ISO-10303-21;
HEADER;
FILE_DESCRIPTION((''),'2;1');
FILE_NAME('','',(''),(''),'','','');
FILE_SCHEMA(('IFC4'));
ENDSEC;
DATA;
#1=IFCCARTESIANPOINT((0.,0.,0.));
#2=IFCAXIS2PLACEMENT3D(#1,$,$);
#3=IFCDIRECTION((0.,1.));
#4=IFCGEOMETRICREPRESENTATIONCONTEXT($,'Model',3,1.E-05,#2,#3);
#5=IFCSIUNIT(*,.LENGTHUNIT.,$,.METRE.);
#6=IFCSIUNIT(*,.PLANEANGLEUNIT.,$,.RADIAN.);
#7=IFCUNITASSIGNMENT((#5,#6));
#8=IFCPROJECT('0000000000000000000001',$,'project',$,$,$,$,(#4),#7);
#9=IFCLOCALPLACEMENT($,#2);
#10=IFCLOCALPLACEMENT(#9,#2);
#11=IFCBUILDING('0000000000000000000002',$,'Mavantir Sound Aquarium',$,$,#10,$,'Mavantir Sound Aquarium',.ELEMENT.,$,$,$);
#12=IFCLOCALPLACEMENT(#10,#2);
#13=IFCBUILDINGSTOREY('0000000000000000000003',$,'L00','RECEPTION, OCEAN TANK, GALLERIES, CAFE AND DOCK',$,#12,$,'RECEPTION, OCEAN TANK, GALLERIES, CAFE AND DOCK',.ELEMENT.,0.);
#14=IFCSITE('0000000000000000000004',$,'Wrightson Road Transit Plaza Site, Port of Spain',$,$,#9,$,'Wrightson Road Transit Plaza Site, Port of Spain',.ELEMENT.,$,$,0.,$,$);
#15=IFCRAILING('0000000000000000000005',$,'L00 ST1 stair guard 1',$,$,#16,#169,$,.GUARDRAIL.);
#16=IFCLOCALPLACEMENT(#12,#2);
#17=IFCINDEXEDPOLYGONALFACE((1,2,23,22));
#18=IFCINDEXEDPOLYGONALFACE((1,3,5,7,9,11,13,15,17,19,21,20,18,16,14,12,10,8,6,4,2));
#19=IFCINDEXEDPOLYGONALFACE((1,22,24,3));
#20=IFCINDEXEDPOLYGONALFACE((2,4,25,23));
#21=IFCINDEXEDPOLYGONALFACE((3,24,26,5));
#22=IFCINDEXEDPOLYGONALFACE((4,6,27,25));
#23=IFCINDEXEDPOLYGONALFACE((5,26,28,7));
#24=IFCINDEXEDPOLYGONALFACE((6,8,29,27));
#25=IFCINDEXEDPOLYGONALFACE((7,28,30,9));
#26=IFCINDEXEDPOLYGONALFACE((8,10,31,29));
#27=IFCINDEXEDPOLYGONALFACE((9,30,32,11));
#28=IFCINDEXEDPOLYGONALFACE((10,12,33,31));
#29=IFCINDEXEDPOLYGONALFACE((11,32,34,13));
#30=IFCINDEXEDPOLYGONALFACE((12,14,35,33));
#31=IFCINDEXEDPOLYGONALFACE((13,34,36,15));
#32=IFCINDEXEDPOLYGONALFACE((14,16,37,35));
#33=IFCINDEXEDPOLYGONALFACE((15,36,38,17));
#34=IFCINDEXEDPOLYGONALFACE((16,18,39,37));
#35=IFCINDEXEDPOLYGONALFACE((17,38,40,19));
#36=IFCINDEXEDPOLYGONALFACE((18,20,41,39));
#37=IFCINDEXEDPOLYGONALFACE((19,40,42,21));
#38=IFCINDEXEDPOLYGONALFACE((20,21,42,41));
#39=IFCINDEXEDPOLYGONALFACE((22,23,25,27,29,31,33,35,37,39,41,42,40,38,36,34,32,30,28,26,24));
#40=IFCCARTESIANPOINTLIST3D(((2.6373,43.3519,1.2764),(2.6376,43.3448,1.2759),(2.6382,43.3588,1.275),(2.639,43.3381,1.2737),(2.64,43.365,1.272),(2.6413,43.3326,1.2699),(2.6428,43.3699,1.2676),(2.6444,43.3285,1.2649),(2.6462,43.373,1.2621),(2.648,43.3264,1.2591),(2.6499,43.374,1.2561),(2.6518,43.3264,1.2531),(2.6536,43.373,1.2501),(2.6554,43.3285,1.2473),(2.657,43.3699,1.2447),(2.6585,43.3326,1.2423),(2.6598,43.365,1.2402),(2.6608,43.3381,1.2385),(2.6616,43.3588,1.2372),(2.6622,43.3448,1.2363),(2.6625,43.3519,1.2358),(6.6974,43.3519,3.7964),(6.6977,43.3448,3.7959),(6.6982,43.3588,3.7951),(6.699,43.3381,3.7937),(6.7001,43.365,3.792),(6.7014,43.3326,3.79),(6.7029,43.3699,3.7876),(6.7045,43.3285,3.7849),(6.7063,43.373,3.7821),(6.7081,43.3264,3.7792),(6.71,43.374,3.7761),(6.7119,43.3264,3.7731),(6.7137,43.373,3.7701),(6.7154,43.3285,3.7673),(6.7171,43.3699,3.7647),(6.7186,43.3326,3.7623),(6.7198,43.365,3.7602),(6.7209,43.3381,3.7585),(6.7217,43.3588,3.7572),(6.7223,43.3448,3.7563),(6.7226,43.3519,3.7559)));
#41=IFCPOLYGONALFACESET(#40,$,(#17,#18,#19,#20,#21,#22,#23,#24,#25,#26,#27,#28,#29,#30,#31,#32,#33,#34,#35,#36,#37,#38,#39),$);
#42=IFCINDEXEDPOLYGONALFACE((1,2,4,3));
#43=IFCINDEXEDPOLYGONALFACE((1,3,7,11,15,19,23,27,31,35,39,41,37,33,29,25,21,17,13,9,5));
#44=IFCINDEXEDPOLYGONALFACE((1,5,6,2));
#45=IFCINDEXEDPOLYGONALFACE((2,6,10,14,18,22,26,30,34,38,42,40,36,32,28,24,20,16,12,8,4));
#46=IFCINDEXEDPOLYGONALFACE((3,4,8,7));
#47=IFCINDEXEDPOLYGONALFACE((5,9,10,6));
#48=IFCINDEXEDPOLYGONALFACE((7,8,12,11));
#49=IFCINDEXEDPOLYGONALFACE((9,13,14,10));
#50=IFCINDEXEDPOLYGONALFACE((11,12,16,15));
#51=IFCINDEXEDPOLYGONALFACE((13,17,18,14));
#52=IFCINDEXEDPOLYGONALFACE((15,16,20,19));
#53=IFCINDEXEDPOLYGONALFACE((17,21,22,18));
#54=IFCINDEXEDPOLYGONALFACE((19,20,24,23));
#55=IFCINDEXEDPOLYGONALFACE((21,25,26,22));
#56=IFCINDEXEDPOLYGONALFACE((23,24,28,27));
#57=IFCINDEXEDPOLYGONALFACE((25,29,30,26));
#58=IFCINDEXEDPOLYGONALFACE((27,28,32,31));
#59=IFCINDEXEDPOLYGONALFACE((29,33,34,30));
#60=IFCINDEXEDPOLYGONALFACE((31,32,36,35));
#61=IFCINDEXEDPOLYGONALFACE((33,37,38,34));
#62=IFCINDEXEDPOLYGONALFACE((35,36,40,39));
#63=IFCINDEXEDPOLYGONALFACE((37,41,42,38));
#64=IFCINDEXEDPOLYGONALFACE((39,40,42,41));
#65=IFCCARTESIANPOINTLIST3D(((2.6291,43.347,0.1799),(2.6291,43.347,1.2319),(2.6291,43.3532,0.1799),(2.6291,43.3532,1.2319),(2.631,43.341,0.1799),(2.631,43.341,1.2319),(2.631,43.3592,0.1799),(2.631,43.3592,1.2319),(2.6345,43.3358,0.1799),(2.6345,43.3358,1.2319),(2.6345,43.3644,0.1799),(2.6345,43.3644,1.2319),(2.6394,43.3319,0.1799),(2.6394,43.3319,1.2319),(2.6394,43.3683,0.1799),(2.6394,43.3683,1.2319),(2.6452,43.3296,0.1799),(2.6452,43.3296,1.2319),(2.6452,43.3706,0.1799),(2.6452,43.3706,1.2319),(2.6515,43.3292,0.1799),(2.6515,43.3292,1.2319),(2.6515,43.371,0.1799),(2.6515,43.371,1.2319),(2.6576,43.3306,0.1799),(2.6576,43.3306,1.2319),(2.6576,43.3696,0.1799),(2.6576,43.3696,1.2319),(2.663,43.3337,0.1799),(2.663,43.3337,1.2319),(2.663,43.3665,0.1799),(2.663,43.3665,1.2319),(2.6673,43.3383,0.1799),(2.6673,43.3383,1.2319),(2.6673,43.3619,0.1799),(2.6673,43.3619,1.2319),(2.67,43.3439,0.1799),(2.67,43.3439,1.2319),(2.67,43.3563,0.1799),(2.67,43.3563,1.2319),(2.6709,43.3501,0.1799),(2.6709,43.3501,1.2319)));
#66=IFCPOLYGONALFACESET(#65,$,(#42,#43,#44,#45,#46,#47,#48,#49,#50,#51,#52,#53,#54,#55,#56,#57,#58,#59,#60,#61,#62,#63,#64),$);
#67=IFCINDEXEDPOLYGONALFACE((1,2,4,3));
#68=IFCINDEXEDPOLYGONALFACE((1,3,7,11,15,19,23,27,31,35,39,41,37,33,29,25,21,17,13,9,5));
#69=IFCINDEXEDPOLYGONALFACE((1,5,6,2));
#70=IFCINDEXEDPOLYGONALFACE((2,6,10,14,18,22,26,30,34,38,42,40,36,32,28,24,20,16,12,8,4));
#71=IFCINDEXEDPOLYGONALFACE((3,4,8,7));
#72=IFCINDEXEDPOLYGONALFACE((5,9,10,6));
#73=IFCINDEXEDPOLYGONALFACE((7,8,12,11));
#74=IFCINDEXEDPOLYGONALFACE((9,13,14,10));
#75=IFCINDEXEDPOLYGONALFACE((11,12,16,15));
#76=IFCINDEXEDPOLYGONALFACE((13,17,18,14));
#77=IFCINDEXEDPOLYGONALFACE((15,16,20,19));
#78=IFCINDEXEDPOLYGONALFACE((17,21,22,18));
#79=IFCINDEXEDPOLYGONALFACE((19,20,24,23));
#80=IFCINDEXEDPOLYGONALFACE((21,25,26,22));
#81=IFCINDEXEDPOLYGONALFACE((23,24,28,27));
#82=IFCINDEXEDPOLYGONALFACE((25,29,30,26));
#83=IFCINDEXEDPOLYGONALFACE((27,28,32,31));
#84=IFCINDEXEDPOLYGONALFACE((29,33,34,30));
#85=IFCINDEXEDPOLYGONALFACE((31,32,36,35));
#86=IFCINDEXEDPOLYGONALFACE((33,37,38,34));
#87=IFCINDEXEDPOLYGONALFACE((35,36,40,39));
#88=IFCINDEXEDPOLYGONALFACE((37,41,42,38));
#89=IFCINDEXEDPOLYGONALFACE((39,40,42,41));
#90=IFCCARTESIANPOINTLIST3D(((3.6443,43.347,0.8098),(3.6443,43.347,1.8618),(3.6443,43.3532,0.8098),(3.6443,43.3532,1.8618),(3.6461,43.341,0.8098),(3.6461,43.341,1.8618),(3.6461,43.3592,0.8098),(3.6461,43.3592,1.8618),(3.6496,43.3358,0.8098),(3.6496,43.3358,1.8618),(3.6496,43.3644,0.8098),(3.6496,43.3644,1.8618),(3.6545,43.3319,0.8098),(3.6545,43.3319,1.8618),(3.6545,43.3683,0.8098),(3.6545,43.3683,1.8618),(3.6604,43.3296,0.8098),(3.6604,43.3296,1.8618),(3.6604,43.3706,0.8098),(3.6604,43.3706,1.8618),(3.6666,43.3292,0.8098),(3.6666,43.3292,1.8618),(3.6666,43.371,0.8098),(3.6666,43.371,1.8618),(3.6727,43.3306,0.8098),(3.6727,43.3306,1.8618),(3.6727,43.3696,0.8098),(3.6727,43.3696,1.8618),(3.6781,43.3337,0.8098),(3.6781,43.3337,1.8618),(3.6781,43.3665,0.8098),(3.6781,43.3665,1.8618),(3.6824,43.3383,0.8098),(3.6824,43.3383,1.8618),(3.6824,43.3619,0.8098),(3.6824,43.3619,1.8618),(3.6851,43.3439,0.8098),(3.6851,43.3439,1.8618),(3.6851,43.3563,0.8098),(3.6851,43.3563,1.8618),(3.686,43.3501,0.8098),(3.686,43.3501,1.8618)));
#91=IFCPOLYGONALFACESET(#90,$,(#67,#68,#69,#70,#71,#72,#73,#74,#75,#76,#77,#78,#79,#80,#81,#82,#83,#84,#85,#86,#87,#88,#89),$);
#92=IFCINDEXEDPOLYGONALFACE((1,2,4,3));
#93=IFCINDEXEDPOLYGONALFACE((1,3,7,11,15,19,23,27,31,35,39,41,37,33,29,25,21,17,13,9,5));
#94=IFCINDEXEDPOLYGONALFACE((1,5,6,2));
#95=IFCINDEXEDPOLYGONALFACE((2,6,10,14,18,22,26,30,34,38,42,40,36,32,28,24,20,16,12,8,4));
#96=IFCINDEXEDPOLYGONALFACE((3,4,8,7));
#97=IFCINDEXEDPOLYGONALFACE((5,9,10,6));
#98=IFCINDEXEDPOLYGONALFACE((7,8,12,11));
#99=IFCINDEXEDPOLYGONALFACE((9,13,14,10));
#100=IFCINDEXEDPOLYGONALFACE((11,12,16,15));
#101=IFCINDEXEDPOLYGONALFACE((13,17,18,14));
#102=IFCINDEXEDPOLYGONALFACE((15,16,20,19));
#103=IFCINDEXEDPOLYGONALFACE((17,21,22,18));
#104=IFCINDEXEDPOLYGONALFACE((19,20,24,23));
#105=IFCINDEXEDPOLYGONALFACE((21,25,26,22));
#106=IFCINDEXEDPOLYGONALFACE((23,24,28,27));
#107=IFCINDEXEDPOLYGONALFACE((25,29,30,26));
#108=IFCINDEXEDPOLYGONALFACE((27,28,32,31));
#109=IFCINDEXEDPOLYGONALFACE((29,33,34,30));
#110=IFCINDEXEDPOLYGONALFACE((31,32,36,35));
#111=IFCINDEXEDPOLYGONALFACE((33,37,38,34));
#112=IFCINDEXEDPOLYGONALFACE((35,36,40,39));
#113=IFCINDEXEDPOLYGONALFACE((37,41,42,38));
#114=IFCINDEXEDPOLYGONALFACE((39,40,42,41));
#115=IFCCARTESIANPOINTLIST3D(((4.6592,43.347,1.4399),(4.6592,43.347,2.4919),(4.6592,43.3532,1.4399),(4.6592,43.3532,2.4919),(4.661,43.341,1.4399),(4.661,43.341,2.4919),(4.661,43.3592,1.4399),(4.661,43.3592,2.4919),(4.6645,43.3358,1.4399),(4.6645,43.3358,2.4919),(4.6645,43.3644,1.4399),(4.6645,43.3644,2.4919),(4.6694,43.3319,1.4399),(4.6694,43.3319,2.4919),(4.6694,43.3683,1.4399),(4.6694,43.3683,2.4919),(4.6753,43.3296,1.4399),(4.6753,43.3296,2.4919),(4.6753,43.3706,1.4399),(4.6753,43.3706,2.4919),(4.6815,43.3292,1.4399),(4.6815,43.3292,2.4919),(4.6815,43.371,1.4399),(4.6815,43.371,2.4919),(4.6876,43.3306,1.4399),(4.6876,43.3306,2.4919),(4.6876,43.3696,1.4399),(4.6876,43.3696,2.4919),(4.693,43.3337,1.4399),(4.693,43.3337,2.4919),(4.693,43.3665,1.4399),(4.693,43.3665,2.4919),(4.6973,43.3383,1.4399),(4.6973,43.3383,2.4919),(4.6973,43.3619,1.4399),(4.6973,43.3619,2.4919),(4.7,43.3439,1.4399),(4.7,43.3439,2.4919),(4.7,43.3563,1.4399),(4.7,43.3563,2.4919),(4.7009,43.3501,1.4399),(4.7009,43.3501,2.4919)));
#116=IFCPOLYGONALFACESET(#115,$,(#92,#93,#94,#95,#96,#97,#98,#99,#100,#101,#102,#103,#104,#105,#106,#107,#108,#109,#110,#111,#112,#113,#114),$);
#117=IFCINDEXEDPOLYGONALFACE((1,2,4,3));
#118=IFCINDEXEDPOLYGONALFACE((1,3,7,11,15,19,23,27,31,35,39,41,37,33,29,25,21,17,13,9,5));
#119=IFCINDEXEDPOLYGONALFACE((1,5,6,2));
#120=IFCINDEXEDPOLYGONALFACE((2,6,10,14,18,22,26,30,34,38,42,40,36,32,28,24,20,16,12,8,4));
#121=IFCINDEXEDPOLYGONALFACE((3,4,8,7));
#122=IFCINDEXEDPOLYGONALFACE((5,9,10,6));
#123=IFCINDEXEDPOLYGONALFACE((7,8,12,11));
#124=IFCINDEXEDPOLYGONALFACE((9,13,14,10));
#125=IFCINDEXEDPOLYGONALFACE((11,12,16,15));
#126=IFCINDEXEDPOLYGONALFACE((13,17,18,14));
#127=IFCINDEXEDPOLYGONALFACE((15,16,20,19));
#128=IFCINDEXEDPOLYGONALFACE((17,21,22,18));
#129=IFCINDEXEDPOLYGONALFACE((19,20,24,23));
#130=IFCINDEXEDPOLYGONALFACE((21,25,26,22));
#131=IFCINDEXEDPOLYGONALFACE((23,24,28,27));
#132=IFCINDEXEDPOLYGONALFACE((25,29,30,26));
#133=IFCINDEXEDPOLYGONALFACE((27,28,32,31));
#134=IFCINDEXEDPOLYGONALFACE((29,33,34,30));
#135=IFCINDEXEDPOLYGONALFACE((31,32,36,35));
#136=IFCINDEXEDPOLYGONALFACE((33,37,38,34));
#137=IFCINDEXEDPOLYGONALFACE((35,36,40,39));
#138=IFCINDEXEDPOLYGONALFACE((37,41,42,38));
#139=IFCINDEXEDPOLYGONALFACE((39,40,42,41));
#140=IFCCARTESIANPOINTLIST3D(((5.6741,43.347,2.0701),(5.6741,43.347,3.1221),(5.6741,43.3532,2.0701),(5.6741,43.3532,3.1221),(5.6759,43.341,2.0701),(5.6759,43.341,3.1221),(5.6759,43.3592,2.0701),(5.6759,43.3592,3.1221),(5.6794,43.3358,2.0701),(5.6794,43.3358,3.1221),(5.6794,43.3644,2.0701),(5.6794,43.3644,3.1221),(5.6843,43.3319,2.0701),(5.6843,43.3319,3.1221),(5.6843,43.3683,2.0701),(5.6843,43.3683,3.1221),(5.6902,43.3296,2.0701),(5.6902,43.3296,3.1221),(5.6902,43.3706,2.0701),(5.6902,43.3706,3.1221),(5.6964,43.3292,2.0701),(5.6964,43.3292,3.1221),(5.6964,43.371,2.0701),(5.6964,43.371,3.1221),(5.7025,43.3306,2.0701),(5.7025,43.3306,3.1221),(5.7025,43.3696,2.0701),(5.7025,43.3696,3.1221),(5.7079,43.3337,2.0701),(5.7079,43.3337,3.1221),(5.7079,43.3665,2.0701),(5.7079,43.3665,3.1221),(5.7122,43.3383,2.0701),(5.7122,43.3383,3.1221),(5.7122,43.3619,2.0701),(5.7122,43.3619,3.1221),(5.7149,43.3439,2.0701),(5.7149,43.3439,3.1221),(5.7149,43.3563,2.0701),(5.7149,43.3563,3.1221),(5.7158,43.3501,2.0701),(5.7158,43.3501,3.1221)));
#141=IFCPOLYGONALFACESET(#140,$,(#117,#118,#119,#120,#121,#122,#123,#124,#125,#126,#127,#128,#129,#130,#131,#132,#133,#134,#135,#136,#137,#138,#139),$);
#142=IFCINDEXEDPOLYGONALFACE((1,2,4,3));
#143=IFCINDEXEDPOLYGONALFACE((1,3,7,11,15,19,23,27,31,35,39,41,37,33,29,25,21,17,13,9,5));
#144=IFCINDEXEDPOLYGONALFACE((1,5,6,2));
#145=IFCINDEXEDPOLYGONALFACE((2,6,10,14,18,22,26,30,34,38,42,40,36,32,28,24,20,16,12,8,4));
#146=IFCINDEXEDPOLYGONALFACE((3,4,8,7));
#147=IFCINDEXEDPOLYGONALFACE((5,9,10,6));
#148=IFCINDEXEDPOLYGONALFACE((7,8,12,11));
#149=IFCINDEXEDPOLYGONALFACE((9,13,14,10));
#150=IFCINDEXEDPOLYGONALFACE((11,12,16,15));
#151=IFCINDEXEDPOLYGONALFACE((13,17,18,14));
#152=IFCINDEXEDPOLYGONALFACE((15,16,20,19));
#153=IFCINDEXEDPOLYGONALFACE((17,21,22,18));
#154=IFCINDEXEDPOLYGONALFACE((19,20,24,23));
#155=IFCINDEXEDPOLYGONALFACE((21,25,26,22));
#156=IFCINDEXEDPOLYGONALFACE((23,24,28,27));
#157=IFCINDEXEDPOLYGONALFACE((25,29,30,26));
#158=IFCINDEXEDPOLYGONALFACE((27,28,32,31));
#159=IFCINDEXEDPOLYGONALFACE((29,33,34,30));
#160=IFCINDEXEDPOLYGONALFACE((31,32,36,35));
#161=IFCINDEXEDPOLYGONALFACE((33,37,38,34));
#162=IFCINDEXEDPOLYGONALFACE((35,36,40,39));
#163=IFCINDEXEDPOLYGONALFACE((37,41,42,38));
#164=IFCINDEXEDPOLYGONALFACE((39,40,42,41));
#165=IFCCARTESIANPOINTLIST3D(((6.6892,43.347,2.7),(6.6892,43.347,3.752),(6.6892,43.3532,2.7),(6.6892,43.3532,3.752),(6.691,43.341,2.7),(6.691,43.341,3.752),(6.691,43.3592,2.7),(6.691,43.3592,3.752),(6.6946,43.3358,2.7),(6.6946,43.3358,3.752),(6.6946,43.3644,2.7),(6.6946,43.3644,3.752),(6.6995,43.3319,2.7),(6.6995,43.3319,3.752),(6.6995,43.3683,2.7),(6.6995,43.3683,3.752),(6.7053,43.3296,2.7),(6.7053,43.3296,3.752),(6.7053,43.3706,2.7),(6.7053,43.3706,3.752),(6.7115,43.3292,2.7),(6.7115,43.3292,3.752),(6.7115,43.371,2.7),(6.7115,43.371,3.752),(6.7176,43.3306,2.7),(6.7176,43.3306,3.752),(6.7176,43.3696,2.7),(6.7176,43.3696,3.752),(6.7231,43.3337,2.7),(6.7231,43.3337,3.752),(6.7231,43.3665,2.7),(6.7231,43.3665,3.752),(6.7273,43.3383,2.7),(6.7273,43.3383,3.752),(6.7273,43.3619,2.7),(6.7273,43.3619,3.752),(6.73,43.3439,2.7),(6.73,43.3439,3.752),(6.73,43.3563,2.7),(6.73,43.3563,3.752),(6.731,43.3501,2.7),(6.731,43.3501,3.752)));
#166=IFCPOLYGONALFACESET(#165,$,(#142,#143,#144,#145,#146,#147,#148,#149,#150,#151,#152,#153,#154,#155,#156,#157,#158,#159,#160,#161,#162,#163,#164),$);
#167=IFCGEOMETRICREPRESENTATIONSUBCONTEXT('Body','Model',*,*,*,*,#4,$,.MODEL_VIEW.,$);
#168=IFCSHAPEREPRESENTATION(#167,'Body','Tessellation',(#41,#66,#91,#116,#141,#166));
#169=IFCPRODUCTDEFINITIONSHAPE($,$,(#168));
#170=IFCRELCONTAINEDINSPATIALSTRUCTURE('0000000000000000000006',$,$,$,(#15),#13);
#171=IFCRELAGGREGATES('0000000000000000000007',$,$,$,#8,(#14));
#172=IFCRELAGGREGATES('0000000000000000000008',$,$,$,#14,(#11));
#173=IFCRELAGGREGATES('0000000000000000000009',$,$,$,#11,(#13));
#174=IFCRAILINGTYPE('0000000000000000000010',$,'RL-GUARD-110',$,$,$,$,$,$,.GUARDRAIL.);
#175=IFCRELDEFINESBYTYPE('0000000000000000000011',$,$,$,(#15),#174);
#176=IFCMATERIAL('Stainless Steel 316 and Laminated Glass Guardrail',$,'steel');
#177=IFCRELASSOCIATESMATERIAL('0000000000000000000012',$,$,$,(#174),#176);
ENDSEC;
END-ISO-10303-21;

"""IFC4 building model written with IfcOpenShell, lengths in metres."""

from ifc_helpers import new_model, si_unit, direction, frame, origin, origin_2d, place, context, subcontext, project, spatial, circle, extrude, material, type_object, element, save


model = new_model("IFC4")

# Units and contexts
model_context = context("Model", 3, precision=1e-05, world=origin(), true_north=direction((0.0, 1.0)))
body_context = subcontext(model_context, "Body", "Model", "MODEL_VIEW")
ifc_project = project(units=[si_unit("LENGTHUNIT", "METRE"), si_unit("PLANEANGLEUNIT", "RADIAN")], contexts=[model_context])

# Site, building, storey
site_placement = place(None, origin())
site = spatial("IfcSite", under=ifc_project, at=site_placement, Name="Wrightson Road Transit Plaza Site, Port of Spain", LongName="Wrightson Road Transit Plaza Site, Port of Spain", CompositionType="ELEMENT", RefElevation=0.0)
building_placement = place(site_placement, origin())
building = spatial("IfcBuilding", under=site, at=building_placement, Name="Mavantir Sound Aquarium", LongName="Mavantir Sound Aquarium", CompositionType="ELEMENT")
storey_placement = place(building_placement, origin())
storey = spatial("IfcBuildingStorey", under=building, at=storey_placement, Name="L00", Description="RECEPTION, OCEAN TANK, GALLERIES, CAFE AND DOCK", LongName="RECEPTION, OCEAN TANK, GALLERIES, CAFE AND DOCK", CompositionType="ELEMENT", Elevation=0.0)

# Railing
ifc_material_1 = material(Name="Stainless Steel 316 and Laminated Glass Guardrail", Category="steel")
railing_type_1 = type_object("IfcRailingType", Name="RL-GUARD-110", PredefinedType="GUARDRAIL", material=ifc_material_1)
railing_1_placement = place(storey_placement, frame((2.6499, 43.3501, 0.1799)))
element("IfcRailing", 1, at=railing_1_placement, inside=storey, type_object=railing_type_1, Name="L00 ST1 stair guard 1", PredefinedType="GUARDRAIL", context=body_context, shape_type="SweptSolid", body=[
    extrude(circle(Radius=0.0239, at=origin_2d()), frame((0.0, 0.0, 1.0762), z_axis=(0.849642, 0.0, 0.52736), x_axis=(0.0, 1.0, 0.0)), (0.0, 0.0, 1.0), 4.7786),
    extrude(circle(Radius=0.021, at=origin_2d()), origin(), (0.0, 0.0, 1.0), 1.052),
    extrude(circle(Radius=0.021, at=origin_2d()), frame((1.0151, 0.0, 0.6299)), (0.0, 0.0, 1.0), 1.052),
    extrude(circle(Radius=0.021, at=origin_2d()), frame((2.03, 0.0, 1.26)), (0.0, 0.0, 1.0), 1.052),
    extrude(circle(Radius=0.021, at=origin_2d()), frame((3.0449, 0.0, 1.8901)), (0.0, 0.0, 1.0), 1.052),
    extrude(circle(Radius=0.021, at=origin_2d()), frame((4.0601, 0.0, 2.52)), (0.0, 0.0, 1.0), 1.052),
])

save(model, "model.ifc")
